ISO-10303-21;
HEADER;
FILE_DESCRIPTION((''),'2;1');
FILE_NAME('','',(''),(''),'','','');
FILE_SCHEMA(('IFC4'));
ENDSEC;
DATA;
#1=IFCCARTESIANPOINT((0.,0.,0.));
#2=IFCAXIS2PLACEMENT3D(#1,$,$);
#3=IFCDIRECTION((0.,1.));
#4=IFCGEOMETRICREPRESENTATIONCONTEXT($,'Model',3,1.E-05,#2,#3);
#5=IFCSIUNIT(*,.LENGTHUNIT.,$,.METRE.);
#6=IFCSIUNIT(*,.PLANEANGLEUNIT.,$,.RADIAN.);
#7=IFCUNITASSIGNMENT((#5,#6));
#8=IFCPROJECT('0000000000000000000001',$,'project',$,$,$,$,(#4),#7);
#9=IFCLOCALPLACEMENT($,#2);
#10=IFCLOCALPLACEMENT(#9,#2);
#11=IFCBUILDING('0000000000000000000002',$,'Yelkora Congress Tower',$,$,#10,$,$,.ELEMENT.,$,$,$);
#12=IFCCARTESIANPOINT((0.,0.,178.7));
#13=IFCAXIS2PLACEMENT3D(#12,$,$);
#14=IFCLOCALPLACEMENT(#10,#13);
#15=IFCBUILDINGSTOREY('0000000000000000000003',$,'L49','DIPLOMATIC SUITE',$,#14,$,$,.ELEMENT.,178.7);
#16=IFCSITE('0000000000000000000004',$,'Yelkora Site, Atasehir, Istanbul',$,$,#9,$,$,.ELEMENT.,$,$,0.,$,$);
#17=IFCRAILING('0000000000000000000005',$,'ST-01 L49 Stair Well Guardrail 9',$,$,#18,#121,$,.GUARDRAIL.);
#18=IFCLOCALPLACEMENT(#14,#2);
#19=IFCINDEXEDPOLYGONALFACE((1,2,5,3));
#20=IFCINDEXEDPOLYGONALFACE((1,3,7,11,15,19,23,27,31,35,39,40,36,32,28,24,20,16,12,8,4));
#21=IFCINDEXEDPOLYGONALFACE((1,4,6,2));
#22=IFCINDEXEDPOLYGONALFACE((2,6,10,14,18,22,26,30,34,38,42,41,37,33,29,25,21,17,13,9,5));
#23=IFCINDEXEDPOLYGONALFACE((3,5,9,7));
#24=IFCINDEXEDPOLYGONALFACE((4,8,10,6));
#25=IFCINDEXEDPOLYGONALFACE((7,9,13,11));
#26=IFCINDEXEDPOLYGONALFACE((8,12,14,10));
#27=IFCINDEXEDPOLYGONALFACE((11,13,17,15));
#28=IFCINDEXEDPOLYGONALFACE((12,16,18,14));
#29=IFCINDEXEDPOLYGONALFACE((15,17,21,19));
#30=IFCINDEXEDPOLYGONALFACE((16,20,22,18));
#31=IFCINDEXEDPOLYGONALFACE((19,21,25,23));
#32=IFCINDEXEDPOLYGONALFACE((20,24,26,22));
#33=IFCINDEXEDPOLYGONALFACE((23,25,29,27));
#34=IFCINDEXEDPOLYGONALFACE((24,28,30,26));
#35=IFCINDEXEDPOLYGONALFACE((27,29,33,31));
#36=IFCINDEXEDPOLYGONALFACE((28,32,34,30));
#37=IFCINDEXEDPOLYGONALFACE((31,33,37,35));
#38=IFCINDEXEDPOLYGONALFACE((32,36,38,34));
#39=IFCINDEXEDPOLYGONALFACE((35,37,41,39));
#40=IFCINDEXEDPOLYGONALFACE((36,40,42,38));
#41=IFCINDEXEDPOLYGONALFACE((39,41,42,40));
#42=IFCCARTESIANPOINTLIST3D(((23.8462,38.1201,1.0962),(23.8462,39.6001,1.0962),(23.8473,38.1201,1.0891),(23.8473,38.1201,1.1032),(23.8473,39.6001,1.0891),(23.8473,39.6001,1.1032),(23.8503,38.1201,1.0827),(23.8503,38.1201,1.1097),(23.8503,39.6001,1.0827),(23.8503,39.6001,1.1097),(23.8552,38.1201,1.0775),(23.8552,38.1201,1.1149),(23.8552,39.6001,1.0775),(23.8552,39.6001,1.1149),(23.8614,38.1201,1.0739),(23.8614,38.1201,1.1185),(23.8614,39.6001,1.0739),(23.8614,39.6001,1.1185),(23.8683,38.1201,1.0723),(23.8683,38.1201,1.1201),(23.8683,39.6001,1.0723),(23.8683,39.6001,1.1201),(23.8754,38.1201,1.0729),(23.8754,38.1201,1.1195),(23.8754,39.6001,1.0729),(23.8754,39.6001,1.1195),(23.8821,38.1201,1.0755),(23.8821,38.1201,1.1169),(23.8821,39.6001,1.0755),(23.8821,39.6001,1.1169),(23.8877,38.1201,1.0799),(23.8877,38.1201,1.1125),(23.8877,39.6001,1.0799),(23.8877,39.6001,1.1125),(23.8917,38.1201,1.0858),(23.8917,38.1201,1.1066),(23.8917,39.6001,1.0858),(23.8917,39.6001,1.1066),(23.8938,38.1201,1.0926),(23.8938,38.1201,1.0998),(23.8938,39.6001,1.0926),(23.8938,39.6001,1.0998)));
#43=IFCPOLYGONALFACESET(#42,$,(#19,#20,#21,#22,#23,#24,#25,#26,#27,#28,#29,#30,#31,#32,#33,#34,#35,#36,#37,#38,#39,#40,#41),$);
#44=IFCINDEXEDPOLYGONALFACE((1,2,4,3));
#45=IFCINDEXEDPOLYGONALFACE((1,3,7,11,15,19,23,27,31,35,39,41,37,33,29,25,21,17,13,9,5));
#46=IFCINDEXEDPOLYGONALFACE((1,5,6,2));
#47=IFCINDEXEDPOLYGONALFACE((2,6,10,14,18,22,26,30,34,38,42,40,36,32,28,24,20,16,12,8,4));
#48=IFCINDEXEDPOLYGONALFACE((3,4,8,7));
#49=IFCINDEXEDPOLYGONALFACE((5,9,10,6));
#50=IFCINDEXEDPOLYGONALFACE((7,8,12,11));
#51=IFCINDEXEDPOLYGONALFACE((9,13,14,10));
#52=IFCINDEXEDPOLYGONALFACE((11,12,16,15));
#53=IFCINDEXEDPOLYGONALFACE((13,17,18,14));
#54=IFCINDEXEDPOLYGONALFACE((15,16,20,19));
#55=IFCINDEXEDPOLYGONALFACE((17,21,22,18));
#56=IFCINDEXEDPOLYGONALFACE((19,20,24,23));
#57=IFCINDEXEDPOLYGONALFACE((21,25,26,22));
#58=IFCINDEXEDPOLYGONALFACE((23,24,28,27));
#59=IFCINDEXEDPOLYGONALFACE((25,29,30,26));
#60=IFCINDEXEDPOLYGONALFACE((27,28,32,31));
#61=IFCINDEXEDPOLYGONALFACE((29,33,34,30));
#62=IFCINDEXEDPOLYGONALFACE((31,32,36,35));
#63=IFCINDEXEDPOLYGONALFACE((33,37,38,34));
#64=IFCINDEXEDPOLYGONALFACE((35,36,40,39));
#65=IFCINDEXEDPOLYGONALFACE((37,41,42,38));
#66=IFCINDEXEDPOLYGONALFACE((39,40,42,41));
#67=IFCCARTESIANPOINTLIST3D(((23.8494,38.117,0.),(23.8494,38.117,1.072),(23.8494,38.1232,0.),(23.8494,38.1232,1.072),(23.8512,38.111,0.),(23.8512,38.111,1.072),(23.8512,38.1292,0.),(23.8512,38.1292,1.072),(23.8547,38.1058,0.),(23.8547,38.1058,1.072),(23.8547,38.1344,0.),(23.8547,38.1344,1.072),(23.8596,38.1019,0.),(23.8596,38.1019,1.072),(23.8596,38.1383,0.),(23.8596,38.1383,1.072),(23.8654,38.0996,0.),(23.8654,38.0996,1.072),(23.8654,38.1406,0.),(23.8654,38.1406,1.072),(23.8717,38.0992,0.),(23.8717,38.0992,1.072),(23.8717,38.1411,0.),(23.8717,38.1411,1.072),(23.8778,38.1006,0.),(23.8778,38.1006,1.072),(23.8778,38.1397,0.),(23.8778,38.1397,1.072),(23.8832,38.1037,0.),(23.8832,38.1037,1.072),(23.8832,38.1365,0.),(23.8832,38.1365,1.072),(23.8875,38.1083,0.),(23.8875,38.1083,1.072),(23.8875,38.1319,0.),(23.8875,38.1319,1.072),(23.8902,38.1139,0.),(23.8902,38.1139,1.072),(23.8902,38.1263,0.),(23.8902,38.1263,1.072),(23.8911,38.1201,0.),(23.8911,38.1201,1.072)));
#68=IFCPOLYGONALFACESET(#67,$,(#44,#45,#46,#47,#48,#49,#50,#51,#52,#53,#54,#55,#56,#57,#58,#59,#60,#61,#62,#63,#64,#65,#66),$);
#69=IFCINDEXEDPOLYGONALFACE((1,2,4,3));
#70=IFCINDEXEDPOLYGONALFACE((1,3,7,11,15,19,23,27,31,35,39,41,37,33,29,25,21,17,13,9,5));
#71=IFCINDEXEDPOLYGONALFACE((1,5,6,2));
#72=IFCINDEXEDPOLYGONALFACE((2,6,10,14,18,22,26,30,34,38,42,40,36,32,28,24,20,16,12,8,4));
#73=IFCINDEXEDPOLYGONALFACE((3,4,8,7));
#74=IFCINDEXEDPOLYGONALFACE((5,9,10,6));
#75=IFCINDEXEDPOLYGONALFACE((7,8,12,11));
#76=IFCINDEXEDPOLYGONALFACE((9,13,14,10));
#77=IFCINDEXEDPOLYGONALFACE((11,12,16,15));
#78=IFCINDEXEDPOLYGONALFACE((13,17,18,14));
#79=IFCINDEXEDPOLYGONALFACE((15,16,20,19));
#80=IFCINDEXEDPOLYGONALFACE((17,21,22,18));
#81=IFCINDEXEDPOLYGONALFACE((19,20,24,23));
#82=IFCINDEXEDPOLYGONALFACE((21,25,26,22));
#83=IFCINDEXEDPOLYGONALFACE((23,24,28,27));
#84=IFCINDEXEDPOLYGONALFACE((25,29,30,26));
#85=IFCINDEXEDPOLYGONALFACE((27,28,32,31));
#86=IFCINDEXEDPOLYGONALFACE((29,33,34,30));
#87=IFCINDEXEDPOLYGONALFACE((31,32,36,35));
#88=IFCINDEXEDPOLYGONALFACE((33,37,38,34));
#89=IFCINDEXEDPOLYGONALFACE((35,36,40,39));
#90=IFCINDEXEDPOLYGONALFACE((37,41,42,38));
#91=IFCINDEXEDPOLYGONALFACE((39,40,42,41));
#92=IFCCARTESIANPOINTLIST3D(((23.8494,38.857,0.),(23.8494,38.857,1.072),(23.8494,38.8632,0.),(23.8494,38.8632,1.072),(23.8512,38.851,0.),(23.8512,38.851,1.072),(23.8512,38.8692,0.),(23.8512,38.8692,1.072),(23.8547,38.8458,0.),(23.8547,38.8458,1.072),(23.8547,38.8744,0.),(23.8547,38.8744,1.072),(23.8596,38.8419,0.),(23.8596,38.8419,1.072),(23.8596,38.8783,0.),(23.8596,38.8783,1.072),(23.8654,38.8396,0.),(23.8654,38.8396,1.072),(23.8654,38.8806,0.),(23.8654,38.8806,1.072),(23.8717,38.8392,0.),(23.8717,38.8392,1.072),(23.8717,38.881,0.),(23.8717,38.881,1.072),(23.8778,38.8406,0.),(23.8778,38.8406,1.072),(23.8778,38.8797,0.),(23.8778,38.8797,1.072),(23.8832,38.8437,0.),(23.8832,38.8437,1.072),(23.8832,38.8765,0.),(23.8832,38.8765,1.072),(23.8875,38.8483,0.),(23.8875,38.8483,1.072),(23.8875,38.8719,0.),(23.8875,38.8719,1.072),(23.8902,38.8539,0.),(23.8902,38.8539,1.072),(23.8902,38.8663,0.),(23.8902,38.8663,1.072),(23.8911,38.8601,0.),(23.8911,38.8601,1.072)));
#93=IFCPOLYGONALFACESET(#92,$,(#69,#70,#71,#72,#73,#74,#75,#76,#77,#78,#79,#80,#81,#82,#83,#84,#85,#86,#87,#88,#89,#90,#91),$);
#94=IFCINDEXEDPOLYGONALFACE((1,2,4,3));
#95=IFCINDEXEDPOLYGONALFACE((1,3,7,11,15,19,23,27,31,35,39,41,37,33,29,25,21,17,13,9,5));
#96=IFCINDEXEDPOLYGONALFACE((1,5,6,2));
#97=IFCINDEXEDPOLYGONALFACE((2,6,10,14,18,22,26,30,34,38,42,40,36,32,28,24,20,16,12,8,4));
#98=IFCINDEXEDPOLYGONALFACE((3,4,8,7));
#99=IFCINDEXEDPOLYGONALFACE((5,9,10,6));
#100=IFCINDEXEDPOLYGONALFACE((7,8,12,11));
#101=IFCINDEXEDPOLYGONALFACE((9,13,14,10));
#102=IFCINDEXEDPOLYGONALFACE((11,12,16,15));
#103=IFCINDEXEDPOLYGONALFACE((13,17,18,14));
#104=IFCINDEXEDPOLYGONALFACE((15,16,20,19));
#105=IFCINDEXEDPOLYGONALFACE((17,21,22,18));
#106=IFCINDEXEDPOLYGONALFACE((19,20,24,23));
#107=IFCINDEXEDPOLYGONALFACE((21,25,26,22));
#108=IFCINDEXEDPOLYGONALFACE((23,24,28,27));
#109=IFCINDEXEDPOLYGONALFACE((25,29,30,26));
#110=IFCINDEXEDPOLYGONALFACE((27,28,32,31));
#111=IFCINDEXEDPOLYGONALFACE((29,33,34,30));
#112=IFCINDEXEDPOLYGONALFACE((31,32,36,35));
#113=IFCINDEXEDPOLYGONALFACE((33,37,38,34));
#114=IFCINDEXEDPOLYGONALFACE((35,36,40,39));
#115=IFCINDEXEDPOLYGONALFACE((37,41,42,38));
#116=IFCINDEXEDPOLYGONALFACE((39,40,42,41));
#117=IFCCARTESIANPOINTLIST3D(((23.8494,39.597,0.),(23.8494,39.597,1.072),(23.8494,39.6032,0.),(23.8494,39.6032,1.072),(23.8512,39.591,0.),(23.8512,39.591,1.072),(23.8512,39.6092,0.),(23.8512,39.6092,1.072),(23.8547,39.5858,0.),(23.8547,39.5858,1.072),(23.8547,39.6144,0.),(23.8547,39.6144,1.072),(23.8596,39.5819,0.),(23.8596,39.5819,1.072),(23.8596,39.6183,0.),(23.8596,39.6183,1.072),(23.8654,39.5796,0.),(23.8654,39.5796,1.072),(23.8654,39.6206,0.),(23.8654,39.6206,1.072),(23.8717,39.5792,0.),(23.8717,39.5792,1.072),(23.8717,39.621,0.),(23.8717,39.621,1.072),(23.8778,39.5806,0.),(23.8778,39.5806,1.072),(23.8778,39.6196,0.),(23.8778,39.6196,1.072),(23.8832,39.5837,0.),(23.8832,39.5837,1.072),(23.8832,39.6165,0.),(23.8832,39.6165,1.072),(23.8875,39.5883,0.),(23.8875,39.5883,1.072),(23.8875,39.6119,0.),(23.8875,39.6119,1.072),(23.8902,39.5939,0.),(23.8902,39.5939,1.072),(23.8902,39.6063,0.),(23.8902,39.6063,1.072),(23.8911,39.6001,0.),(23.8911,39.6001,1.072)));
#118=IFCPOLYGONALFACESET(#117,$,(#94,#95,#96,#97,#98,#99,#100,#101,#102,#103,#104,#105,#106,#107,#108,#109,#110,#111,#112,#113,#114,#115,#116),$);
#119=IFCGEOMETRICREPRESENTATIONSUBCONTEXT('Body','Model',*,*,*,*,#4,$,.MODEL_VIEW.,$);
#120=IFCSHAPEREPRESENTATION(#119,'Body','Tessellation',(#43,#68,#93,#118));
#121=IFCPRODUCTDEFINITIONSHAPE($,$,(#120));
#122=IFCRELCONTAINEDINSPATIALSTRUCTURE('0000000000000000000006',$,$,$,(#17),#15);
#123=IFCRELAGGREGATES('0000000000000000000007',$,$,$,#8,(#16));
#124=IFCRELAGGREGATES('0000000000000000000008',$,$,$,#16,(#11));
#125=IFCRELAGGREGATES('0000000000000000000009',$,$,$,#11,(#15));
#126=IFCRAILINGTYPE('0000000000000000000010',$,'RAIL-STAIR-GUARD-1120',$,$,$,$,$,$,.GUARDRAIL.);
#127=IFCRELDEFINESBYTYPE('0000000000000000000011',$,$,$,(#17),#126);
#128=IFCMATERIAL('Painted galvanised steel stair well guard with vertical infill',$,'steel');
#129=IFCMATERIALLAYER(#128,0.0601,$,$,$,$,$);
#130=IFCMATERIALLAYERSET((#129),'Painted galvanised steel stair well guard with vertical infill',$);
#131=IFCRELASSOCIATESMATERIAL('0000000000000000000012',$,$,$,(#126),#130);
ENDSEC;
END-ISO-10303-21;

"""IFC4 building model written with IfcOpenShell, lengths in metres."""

from ifc_helpers import new_model, si_unit, direction, frame, origin, origin_2d, place, context, subcontext, project, spatial, circle, extrude, material, layer, layer_set, type_object, element, save


model = new_model("IFC4")

# Units and contexts
model_context = context("Model", 3, precision=1e-05, world=origin(), true_north=direction((0.0, 1.0)))
body_context = subcontext(model_context, "Body", "Model", "MODEL_VIEW")
ifc_project = project(units=[si_unit("LENGTHUNIT", "METRE"), si_unit("PLANEANGLEUNIT", "RADIAN")], contexts=[model_context])

# Site, building, storey
site_placement = place(None, origin())
site = spatial("IfcSite", under=ifc_project, at=site_placement, Name="Yelkora Site, Atasehir, Istanbul", CompositionType="ELEMENT", RefElevation=0.0)
building_placement = place(site_placement, origin())
building = spatial("IfcBuilding", under=site, at=building_placement, Name="Yelkora Congress Tower", CompositionType="ELEMENT")
storey_placement = place(building_placement, frame((0.0, 0.0, 178.7)))
storey = spatial("IfcBuildingStorey", under=building, at=storey_placement, Name="L49", Description="DIPLOMATIC SUITE", CompositionType="ELEMENT", Elevation=178.7)

# Railing
ifc_material_1 = material(Name="Painted galvanised steel stair well guard with vertical infill", Category="steel")
ifc_layer_1 = layer(ifc_material_1, 0.0601)
ifc_layer_set_1 = layer_set([ifc_layer_1], Name="Painted galvanised steel stair well guard with vertical infill")
railing_type_1 = type_object("IfcRailingType", Name="RAIL-STAIR-GUARD-1120", PredefinedType="GUARDRAIL", material=ifc_layer_set_1)
for number, where, name in (
    (1, (23.8701, 38.1201, 0.0), "ST-01 L49 Stair Well Guardrail 9"),
):
    element("IfcRailing", number, at=place(storey_placement, frame(where)), inside=storey, type_object=railing_type_1, Name=name, PredefinedType="GUARDRAIL", context=body_context, shape_type="SweptSolid", body=[
        extrude(circle(Radius=0.0239, at=origin_2d()), frame((0.0, 0.0, 1.0962), z_axis=(0.0, 1.0, 0.0), x_axis=(-1.0, 0.0, 0.0)), (0.0, 0.0, 1.0), 1.48),
        extrude(circle(Radius=0.021, at=origin_2d()), origin(), (0.0, 0.0, 1.0), 1.072),
        extrude(circle(Radius=0.021, at=origin_2d()), frame((0.0, 0.74, 0.0)), (0.0, 0.0, 1.0), 1.072),
        extrude(circle(Radius=0.021, at=origin_2d()), frame((0.0, 1.48, 0.0)), (0.0, 0.0, 1.0), 1.072),
    ])

save(model, "model.ifc")
